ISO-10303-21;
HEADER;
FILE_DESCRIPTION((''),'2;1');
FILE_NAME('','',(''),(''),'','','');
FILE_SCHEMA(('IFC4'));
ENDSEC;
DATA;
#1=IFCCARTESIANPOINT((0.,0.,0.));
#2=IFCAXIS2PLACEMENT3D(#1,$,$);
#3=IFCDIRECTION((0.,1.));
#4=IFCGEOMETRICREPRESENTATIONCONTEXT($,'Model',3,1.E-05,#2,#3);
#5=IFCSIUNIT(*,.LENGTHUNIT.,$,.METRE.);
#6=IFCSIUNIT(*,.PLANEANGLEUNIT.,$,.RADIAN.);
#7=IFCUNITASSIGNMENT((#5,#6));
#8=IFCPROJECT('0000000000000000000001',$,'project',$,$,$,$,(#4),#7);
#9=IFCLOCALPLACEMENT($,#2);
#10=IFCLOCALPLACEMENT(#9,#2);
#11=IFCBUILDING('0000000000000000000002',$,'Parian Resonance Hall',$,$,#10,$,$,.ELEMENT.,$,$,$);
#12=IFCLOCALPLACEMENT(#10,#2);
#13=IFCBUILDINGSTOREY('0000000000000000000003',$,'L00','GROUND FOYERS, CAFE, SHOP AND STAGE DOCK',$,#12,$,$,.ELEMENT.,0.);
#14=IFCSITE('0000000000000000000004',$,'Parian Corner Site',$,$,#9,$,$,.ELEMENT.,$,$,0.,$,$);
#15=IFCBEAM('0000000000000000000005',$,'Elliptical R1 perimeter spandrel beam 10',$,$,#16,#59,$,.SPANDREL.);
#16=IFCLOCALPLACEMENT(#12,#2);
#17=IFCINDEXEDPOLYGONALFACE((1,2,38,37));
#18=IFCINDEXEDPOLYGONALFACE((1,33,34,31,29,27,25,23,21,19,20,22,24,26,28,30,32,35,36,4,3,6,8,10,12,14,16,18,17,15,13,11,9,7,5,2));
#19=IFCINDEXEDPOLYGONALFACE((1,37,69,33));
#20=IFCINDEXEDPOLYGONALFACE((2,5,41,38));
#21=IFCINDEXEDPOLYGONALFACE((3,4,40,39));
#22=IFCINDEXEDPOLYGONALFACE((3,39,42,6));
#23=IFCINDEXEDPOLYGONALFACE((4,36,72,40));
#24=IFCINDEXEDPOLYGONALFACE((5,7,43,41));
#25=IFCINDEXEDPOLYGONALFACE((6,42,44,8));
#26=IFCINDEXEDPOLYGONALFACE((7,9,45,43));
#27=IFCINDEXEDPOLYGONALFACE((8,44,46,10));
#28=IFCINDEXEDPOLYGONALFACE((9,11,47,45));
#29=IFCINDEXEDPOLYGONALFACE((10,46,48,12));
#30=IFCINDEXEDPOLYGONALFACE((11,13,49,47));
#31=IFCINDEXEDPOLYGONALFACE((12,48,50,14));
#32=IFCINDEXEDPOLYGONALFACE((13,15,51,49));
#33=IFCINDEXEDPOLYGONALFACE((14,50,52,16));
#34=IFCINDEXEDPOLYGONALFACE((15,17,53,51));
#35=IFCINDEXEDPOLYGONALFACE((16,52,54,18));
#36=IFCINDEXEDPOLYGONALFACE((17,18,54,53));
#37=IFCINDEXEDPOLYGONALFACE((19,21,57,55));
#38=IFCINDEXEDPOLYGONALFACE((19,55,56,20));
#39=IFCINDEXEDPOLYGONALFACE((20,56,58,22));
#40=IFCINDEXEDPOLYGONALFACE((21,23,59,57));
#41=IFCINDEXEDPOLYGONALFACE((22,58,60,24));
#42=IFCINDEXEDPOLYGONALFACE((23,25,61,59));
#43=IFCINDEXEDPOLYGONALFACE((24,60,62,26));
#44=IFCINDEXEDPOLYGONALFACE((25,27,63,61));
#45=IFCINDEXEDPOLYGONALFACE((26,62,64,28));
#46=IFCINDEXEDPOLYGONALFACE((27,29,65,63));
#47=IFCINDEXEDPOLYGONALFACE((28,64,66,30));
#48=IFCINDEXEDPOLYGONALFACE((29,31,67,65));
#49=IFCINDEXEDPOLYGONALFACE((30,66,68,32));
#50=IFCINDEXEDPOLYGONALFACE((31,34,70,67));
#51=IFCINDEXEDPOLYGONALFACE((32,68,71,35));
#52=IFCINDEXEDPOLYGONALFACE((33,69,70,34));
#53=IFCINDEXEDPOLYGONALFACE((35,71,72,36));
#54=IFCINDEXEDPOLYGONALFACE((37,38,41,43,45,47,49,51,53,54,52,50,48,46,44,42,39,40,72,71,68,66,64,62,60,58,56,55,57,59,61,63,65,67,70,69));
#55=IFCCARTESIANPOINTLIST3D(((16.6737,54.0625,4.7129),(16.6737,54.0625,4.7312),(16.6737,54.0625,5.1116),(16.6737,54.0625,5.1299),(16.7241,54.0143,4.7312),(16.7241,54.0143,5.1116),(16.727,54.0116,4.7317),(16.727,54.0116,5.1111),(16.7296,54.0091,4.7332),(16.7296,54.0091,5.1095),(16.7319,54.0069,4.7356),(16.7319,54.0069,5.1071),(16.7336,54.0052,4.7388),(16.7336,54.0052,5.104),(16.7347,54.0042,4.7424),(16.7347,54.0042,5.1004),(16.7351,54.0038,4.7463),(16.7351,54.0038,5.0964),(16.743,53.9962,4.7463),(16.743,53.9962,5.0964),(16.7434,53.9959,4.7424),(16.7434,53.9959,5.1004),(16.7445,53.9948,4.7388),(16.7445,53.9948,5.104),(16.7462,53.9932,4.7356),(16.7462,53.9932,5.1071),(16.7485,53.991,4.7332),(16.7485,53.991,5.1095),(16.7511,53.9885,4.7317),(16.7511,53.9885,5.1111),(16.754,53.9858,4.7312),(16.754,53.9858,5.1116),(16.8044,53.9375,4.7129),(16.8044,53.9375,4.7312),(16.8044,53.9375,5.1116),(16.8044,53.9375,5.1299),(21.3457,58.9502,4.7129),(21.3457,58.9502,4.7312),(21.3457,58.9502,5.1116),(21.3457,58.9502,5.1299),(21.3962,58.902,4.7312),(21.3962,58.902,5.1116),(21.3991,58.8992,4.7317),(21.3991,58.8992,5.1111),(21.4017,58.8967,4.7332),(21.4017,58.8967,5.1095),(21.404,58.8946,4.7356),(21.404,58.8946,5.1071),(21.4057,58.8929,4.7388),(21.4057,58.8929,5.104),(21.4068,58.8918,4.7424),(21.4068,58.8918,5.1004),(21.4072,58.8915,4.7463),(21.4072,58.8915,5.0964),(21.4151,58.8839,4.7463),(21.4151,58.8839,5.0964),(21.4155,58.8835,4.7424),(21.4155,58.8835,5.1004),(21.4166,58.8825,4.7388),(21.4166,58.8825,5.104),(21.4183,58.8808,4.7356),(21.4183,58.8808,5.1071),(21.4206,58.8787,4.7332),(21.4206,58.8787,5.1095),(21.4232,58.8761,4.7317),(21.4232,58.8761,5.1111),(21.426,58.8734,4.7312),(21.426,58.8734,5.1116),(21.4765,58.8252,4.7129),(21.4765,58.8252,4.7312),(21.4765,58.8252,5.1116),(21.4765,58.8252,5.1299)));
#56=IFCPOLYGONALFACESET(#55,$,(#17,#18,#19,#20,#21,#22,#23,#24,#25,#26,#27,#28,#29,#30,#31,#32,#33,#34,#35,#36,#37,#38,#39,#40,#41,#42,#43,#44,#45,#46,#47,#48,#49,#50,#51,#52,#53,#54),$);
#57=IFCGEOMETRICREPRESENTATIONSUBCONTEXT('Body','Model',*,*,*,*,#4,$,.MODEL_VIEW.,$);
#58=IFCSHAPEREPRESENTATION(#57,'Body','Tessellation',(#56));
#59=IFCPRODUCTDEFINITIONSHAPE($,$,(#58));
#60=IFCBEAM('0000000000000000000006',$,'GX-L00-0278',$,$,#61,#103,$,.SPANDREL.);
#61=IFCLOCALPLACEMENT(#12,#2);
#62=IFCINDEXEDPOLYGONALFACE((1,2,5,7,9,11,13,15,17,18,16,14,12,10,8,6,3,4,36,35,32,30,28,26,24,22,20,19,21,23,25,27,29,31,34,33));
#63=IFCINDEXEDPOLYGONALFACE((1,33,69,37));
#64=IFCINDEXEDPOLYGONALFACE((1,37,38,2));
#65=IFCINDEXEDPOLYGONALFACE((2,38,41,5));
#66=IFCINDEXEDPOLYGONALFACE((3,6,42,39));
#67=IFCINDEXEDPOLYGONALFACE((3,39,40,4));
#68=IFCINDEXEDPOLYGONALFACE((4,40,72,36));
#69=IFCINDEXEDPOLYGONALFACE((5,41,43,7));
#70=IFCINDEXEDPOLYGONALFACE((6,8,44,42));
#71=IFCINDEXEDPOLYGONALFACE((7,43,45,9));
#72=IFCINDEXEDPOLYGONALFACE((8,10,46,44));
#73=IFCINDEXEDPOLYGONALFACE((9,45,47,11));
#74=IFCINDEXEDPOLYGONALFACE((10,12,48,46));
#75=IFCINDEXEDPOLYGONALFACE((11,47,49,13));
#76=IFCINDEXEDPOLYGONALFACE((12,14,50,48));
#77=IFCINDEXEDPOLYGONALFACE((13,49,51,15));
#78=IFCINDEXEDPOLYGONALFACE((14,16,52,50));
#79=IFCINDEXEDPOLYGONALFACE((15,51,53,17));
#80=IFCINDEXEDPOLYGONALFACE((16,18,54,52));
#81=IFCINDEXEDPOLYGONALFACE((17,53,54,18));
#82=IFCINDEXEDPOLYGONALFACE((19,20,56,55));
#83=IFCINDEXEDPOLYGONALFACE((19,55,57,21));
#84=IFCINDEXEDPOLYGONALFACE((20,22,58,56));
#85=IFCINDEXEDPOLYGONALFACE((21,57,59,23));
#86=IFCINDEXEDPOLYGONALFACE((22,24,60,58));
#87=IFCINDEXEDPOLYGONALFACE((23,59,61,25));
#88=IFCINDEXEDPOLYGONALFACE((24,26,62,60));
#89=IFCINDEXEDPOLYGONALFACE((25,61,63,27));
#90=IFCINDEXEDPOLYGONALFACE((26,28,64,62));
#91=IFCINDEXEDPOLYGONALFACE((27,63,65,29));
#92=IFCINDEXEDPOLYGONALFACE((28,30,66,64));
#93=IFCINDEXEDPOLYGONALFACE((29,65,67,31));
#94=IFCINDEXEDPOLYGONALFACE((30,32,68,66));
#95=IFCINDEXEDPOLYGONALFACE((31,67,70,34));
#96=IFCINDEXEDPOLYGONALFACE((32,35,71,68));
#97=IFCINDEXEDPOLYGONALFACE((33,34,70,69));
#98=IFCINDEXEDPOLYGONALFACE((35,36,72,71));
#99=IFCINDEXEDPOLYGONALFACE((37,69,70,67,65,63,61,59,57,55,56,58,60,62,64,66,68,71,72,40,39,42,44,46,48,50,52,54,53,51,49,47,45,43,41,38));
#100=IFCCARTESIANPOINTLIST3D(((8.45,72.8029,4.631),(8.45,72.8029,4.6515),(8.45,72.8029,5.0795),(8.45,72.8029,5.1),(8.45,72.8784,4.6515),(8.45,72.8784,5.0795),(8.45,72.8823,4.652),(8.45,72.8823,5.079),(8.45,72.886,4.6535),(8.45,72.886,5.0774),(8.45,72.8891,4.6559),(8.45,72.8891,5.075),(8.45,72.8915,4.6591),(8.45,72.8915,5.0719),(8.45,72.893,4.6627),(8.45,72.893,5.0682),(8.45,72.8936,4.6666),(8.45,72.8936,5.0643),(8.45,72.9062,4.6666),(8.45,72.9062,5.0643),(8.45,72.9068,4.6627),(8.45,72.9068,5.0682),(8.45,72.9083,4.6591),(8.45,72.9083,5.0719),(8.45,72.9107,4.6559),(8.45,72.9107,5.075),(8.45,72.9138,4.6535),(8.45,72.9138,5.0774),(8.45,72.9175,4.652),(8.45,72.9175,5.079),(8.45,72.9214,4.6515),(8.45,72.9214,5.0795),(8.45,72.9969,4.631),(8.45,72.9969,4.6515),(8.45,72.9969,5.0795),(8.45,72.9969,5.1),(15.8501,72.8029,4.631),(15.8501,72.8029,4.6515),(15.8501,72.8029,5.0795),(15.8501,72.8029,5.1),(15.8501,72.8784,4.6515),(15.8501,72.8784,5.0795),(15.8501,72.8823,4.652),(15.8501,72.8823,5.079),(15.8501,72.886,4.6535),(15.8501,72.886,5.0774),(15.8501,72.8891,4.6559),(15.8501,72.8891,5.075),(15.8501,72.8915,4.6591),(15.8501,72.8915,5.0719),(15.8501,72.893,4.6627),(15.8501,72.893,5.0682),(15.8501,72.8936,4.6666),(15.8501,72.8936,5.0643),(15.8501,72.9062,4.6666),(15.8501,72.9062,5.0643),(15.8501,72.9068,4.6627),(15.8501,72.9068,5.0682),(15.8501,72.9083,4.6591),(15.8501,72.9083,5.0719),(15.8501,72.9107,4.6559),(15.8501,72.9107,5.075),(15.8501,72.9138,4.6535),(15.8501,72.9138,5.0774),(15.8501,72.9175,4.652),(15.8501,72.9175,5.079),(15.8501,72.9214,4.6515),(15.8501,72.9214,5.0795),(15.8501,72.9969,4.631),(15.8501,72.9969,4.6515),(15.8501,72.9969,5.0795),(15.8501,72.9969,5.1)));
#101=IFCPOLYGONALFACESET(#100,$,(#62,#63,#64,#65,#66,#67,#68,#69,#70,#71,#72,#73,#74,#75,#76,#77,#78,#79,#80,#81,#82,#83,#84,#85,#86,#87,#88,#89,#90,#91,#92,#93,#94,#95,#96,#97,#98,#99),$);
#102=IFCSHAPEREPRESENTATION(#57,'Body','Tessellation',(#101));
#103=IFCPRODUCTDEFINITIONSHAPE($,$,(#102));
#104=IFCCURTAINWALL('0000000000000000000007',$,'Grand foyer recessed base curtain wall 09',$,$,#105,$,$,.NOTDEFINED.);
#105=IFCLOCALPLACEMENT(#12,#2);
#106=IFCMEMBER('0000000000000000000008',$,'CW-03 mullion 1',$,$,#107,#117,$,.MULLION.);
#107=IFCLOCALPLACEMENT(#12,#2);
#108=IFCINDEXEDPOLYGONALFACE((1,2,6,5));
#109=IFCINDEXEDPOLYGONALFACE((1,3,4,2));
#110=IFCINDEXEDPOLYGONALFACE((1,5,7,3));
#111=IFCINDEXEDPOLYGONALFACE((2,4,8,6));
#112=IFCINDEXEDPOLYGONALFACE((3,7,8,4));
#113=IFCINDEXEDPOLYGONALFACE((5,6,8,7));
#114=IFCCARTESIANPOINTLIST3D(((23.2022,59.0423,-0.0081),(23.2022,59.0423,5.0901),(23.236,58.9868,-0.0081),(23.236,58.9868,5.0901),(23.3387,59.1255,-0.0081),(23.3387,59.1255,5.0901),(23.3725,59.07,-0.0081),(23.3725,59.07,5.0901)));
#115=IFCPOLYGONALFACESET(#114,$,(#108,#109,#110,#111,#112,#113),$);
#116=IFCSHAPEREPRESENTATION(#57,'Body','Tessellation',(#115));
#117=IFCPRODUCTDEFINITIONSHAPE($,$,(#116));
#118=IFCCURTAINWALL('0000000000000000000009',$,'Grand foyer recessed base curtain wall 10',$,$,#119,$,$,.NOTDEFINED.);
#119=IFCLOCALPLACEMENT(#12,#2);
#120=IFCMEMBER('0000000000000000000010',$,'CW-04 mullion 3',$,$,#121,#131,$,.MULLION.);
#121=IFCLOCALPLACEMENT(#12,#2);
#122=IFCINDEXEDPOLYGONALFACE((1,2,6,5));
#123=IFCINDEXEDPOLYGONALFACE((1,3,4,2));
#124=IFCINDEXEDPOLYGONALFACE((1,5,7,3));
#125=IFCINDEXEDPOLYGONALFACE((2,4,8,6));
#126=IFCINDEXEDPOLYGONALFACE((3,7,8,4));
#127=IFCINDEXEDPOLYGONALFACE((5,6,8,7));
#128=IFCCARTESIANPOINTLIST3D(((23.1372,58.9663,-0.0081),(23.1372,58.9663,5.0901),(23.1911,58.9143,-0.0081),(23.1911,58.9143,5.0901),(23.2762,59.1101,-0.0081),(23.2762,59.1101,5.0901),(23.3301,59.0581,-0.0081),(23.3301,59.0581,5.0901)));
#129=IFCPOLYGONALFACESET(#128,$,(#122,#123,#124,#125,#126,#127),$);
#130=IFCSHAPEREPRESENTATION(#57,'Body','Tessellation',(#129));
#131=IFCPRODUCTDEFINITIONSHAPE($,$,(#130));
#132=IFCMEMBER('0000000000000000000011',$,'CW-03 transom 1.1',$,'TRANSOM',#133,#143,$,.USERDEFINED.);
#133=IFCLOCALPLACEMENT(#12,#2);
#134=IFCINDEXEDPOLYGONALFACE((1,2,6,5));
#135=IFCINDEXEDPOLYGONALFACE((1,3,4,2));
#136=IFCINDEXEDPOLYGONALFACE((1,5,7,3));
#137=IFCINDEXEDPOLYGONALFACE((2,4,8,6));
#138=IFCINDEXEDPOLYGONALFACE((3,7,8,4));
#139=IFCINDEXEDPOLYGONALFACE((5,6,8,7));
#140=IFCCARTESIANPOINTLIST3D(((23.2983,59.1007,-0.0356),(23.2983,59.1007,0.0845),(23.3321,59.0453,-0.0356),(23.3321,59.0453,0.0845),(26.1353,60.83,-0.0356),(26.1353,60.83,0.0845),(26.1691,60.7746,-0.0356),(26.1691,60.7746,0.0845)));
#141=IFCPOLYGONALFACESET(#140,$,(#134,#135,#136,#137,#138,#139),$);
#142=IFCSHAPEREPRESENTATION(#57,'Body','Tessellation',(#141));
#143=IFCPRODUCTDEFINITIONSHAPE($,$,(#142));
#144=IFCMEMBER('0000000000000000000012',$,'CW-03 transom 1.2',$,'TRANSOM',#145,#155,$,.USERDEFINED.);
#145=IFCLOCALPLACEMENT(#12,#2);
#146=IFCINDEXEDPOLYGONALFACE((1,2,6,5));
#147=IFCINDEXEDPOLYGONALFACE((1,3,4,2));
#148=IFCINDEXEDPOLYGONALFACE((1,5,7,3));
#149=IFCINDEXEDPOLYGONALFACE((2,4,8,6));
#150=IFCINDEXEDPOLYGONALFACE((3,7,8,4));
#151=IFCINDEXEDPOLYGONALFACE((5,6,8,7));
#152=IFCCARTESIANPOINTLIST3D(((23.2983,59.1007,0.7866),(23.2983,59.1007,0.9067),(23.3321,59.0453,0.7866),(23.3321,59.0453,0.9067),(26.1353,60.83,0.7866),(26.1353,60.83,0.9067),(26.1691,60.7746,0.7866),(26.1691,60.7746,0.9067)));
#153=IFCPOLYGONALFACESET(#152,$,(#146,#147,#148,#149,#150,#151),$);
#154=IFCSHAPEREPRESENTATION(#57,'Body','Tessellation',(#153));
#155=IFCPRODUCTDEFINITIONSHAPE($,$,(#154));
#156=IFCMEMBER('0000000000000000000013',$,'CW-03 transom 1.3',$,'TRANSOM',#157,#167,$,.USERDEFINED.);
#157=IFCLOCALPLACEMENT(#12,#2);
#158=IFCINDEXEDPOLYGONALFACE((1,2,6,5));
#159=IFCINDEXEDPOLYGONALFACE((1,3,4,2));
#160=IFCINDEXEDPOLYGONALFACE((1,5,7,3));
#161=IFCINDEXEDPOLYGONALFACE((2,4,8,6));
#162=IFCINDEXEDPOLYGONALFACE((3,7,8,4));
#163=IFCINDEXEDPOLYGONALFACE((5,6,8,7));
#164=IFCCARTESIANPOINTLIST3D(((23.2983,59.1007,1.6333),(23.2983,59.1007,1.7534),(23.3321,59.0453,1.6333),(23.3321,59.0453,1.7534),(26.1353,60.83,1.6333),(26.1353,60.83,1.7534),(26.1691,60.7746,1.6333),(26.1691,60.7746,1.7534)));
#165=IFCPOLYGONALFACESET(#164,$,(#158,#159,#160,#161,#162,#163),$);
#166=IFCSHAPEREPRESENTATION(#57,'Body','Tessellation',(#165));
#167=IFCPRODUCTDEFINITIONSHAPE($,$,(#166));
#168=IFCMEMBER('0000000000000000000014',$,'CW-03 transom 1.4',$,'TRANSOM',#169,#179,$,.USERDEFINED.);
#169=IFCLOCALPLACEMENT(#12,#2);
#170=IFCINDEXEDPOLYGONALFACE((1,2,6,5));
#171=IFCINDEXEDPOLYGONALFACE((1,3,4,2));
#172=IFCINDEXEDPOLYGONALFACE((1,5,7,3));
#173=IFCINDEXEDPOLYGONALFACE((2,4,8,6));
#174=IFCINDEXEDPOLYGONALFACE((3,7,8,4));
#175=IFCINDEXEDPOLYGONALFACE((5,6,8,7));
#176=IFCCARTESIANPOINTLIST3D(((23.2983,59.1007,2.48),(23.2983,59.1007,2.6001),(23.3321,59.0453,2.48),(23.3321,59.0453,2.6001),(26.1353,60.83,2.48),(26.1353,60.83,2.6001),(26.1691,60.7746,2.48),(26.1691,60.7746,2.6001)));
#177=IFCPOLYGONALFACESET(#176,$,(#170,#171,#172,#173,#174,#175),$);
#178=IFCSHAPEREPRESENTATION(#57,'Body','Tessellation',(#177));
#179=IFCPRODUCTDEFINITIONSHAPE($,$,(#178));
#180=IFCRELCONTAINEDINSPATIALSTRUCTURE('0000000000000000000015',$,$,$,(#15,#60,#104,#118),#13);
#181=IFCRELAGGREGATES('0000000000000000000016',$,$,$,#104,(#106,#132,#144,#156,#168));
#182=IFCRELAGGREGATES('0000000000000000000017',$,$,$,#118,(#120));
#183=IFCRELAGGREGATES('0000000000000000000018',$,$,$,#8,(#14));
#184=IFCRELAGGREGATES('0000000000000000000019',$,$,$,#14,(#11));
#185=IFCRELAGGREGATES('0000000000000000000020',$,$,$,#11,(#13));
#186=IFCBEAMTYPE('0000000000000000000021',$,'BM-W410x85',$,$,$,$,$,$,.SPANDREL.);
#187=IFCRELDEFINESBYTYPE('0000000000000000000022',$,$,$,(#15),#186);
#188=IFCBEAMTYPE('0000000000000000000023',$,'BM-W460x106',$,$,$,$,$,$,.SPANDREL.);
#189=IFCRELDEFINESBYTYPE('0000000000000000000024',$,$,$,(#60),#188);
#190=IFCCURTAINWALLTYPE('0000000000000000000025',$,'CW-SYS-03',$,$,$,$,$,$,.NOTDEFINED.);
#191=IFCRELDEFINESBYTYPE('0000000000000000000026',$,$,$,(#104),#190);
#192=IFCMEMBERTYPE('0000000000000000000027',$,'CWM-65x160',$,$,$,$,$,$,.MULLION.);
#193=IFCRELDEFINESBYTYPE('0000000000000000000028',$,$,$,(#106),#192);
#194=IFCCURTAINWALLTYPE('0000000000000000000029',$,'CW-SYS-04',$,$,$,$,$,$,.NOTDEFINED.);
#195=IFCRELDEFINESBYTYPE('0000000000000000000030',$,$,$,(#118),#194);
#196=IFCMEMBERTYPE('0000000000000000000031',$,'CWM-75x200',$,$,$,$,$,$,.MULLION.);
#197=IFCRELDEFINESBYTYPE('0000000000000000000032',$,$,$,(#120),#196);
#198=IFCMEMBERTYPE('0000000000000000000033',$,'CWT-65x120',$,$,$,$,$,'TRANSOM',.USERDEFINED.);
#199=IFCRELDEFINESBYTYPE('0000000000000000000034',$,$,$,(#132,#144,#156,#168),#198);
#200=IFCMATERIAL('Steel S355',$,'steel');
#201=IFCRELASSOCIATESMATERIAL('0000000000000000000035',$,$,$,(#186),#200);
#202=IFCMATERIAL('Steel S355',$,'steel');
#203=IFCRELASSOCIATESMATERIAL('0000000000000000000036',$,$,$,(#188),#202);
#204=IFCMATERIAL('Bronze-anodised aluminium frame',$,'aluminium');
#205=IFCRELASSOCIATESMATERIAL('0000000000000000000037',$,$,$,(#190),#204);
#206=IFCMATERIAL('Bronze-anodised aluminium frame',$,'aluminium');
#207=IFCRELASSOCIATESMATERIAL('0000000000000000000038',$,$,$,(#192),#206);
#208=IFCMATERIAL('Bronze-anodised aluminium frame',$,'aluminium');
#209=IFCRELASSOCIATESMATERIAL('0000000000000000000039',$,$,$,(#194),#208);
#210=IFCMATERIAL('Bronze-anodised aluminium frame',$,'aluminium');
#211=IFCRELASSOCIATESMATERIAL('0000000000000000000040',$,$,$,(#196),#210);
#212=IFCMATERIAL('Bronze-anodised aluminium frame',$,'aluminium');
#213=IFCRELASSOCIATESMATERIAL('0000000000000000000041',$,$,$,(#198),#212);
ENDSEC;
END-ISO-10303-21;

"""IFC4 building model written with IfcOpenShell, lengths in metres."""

from ifc_helpers import new_model, si_unit, direction, frame, origin, origin_2d, place, context, subcontext, project, spatial, rectangle, i_section, extrude, material, material_profile, profile_set, type_object, element, aggregate, save


model = new_model("IFC4")

# Units and contexts
model_context = context("Model", 3, precision=1e-05, world=origin(), true_north=direction((0.0, 1.0)))
body_context = subcontext(model_context, "Body", "Model", "MODEL_VIEW")
ifc_project = project(units=[si_unit("LENGTHUNIT", "METRE"), si_unit("PLANEANGLEUNIT", "RADIAN")], contexts=[model_context])

# Site, building, storey
site_placement = place(None, origin())
site = spatial("IfcSite", under=ifc_project, at=site_placement, Name="Parian Corner Site", CompositionType="ELEMENT", RefElevation=0.0)
building_placement = place(site_placement, origin())
building = spatial("IfcBuilding", under=site, at=building_placement, Name="Parian Resonance Hall", CompositionType="ELEMENT")
storey_placement = place(building_placement, origin())
storey = spatial("IfcBuildingStorey", under=building, at=storey_placement, Name="L00", Description="GROUND FOYERS, CAFE, SHOP AND STAGE DOCK", CompositionType="ELEMENT", Elevation=0.0)

# Beams
ifc_material_1 = material(Name="Steel S355", Category="steel")
ifc_material_profile_1 = material_profile(ifc_material_1, i_section(OverallWidth=0.1809, OverallDepth=0.417, WebThickness=0.011, FlangeThickness=0.0183, FilletRadius=0.0151, at=origin_2d()), Name="W410x85")
ifc_profile_set_1 = profile_set([ifc_material_profile_1], Name="Steel S355")
beam_type_1 = type_object("IfcBeamType", Name="BM-W410x85", PredefinedType="SPANDREL", material=ifc_profile_set_1)
beam_1_placement = place(storey_placement, frame((21.4111, 58.8877, 4.9214), z_axis=(-0.690986, -0.722868, 0.0), x_axis=(0.722868, -0.690986, 0.0)))
element("IfcBeam", 1, at=beam_1_placement, inside=storey, type_object=beam_type_1, Name="Elliptical R1 perimeter spandrel beam 10", PredefinedType="SPANDREL", context=body_context, shape_type="SweptSolid", body=[
    extrude(i_section(OverallWidth=0.1809, OverallDepth=0.417, WebThickness=0.011, FlangeThickness=0.0183, FilletRadius=0.0151, at=origin_2d()), origin(), (0.0, 0.0, 1.0), 6.7615),
])
ifc_material_2 = material(Name="Steel S355", Category="steel")
ifc_material_profile_2 = material_profile(ifc_material_2, i_section(OverallWidth=0.1941, OverallDepth=0.469, WebThickness=0.0127, FlangeThickness=0.0205, FilletRadius=0.0151, at=origin_2d()), Name="W460x106")
ifc_profile_set_2 = profile_set([ifc_material_profile_2], Name="Steel S355")
beam_type_2 = type_object("IfcBeamType", Name="BM-W460x106", PredefinedType="SPANDREL", material=ifc_profile_set_2)
beam_2_placement = place(storey_placement, frame((8.45, 72.8999, 4.8655), z_axis=(1.0, 0.0, 0.0), x_axis=(0.0, 1.0, 0.0)))
element("IfcBeam", 2, at=beam_2_placement, inside=storey, type_object=beam_type_2, Name="GX-L00-0278", PredefinedType="SPANDREL", context=body_context, shape_type="SweptSolid", body=[
    extrude(i_section(OverallWidth=0.1941, OverallDepth=0.469, WebThickness=0.0127, FlangeThickness=0.0205, FilletRadius=0.0151, at=origin_2d()), origin(), (0.0, 0.0, 1.0), 7.4001),
])

# Curtain walls, members
ifc_material_3 = material(Name="Bronze-anodised aluminium frame", Category="aluminium")
curtain_wall_type_1 = type_object("IfcCurtainWallType", Name="CW-SYS-03", PredefinedType="NOTDEFINED", material=ifc_material_3)
curtain_wall_1_placement = place(storey_placement, origin())
curtain_wall_1 = element("IfcCurtainWall", 3, at=curtain_wall_1_placement, inside=storey, type_object=curtain_wall_type_1, Name="Grand foyer recessed base curtain wall 09", PredefinedType="NOTDEFINED")
ifc_material_4 = material(Name="Bronze-anodised aluminium frame", Category="aluminium")
ifc_material_profile_3 = material_profile(ifc_material_4, rectangle(XDim=0.0649, YDim=0.1599, at=origin_2d()), Name="CWM-65x160")
ifc_profile_set_3 = profile_set([ifc_material_profile_3], Name="Bronze-anodised aluminium frame")
member_type_1 = type_object("IfcMemberType", Name="CWM-65x160", PredefinedType="MULLION", material=ifc_profile_set_3)
member_1_placement = place(storey_placement, frame((23.2874, 59.0562, -0.0081), z_axis=(0.0, 0.0, 1.0), x_axis=(-0.520456, 0.853888, 0.0)))
member_1 = element("IfcMember", 4, at=member_1_placement, type_object=member_type_1, Name="CW-03 mullion 1", PredefinedType="MULLION", context=body_context, shape_type="SweptSolid", body=[
    extrude(rectangle(XDim=0.0649, YDim=0.1599, at=origin_2d()), origin(), (0.0, 0.0, 1.0), 5.0981),
])
ifc_material_5 = material(Name="Bronze-anodised aluminium frame", Category="aluminium")
curtain_wall_type_2 = type_object("IfcCurtainWallType", Name="CW-SYS-04", PredefinedType="NOTDEFINED", material=ifc_material_5)
curtain_wall_2_placement = place(storey_placement, origin())
curtain_wall_2 = element("IfcCurtainWall", 5, at=curtain_wall_2_placement, inside=storey, type_object=curtain_wall_type_2, Name="Grand foyer recessed base curtain wall 10", PredefinedType="NOTDEFINED")
ifc_material_6 = material(Name="Bronze-anodised aluminium frame", Category="aluminium")
ifc_material_profile_4 = material_profile(ifc_material_6, rectangle(XDim=0.075, YDim=0.2, at=origin_2d()), Name="CWM-75x200")
ifc_profile_set_4 = profile_set([ifc_material_profile_4], Name="Bronze-anodised aluminium frame")
member_type_2 = type_object("IfcMemberType", Name="CWM-75x200", PredefinedType="MULLION", material=ifc_profile_set_4)
member_2_placement = place(storey_placement, frame((23.2336, 59.0122, -0.0081), z_axis=(0.0, 0.0, 1.0), x_axis=(-0.719223, 0.69478, 0.0)))
member_2 = element("IfcMember", 6, at=member_2_placement, type_object=member_type_2, Name="CW-04 mullion 3", PredefinedType="MULLION", context=body_context, shape_type="SweptSolid", body=[
    extrude(rectangle(XDim=0.075, YDim=0.2, at=origin_2d()), origin(), (0.0, 0.0, 1.0), 5.0981),
])

# Members
ifc_material_7 = material(Name="Bronze-anodised aluminium frame", Category="aluminium")
ifc_material_profile_5 = material_profile(ifc_material_7, rectangle(XDim=0.0649, YDim=0.1201, at=origin_2d()), Name="CWT-65x120")
ifc_profile_set_5 = profile_set([ifc_material_profile_5], Name="Bronze-anodised aluminium frame")
member_type_3 = type_object("IfcMemberType", Name="CWT-65x120", ElementType="TRANSOM", PredefinedType="USERDEFINED", material=ifc_profile_set_5)
member_3_placement = place(storey_placement, frame((23.3152, 59.073, 0.0244), z_axis=(0.853873, 0.520481, 0.0), x_axis=(-0.520481, 0.853873, 0.0)))
member_3 = element("IfcMember", 7, at=member_3_placement, type_object=member_type_3, Name="CW-03 transom 1.1", ObjectType="TRANSOM", PredefinedType="USERDEFINED", context=body_context, shape_type="SweptSolid", body=[
    extrude(rectangle(XDim=0.0649, YDim=0.1201, at=origin_2d()), origin(), (0.0, 0.0, 1.0), 3.3225),
])
member_4_placement = place(storey_placement, frame((23.3152, 59.073, 0.8467), z_axis=(0.853873, 0.520481, 0.0), x_axis=(-0.520481, 0.853873, 0.0)))
member_4 = element("IfcMember", 8, at=member_4_placement, type_object=member_type_3, Name="CW-03 transom 1.2", ObjectType="TRANSOM", PredefinedType="USERDEFINED", context=body_context, shape_type="SweptSolid", body=[
    extrude(rectangle(XDim=0.0649, YDim=0.1201, at=origin_2d()), origin(), (0.0, 0.0, 1.0), 3.3225),
])
member_5_placement = place(storey_placement, frame((23.3152, 59.073, 1.6934), z_axis=(0.853873, 0.520481, 0.0), x_axis=(-0.520481, 0.853873, 0.0)))
member_5 = element("IfcMember", 9, at=member_5_placement, type_object=member_type_3, Name="CW-03 transom 1.3", ObjectType="TRANSOM", PredefinedType="USERDEFINED", context=body_context, shape_type="SweptSolid", body=[
    extrude(rectangle(XDim=0.0649, YDim=0.1201, at=origin_2d()), origin(), (0.0, 0.0, 1.0), 3.3225),
])
member_6_placement = place(storey_placement, frame((23.3152, 59.073, 2.54), z_axis=(0.853873, 0.520481, 0.0), x_axis=(-0.520481, 0.853873, 0.0)))
member_6 = element("IfcMember", 10, at=member_6_placement, type_object=member_type_3, Name="CW-03 transom 1.4", ObjectType="TRANSOM", PredefinedType="USERDEFINED", context=body_context, shape_type="SweptSolid", body=[
    extrude(rectangle(XDim=0.0649, YDim=0.1201, at=origin_2d()), origin(), (0.0, 0.0, 1.0), 3.3225),
])
aggregate(curtain_wall_1, [member_1, member_3, member_4, member_5, member_6])

aggregate(curtain_wall_2, [member_2])

save(model, "model.ifc")
